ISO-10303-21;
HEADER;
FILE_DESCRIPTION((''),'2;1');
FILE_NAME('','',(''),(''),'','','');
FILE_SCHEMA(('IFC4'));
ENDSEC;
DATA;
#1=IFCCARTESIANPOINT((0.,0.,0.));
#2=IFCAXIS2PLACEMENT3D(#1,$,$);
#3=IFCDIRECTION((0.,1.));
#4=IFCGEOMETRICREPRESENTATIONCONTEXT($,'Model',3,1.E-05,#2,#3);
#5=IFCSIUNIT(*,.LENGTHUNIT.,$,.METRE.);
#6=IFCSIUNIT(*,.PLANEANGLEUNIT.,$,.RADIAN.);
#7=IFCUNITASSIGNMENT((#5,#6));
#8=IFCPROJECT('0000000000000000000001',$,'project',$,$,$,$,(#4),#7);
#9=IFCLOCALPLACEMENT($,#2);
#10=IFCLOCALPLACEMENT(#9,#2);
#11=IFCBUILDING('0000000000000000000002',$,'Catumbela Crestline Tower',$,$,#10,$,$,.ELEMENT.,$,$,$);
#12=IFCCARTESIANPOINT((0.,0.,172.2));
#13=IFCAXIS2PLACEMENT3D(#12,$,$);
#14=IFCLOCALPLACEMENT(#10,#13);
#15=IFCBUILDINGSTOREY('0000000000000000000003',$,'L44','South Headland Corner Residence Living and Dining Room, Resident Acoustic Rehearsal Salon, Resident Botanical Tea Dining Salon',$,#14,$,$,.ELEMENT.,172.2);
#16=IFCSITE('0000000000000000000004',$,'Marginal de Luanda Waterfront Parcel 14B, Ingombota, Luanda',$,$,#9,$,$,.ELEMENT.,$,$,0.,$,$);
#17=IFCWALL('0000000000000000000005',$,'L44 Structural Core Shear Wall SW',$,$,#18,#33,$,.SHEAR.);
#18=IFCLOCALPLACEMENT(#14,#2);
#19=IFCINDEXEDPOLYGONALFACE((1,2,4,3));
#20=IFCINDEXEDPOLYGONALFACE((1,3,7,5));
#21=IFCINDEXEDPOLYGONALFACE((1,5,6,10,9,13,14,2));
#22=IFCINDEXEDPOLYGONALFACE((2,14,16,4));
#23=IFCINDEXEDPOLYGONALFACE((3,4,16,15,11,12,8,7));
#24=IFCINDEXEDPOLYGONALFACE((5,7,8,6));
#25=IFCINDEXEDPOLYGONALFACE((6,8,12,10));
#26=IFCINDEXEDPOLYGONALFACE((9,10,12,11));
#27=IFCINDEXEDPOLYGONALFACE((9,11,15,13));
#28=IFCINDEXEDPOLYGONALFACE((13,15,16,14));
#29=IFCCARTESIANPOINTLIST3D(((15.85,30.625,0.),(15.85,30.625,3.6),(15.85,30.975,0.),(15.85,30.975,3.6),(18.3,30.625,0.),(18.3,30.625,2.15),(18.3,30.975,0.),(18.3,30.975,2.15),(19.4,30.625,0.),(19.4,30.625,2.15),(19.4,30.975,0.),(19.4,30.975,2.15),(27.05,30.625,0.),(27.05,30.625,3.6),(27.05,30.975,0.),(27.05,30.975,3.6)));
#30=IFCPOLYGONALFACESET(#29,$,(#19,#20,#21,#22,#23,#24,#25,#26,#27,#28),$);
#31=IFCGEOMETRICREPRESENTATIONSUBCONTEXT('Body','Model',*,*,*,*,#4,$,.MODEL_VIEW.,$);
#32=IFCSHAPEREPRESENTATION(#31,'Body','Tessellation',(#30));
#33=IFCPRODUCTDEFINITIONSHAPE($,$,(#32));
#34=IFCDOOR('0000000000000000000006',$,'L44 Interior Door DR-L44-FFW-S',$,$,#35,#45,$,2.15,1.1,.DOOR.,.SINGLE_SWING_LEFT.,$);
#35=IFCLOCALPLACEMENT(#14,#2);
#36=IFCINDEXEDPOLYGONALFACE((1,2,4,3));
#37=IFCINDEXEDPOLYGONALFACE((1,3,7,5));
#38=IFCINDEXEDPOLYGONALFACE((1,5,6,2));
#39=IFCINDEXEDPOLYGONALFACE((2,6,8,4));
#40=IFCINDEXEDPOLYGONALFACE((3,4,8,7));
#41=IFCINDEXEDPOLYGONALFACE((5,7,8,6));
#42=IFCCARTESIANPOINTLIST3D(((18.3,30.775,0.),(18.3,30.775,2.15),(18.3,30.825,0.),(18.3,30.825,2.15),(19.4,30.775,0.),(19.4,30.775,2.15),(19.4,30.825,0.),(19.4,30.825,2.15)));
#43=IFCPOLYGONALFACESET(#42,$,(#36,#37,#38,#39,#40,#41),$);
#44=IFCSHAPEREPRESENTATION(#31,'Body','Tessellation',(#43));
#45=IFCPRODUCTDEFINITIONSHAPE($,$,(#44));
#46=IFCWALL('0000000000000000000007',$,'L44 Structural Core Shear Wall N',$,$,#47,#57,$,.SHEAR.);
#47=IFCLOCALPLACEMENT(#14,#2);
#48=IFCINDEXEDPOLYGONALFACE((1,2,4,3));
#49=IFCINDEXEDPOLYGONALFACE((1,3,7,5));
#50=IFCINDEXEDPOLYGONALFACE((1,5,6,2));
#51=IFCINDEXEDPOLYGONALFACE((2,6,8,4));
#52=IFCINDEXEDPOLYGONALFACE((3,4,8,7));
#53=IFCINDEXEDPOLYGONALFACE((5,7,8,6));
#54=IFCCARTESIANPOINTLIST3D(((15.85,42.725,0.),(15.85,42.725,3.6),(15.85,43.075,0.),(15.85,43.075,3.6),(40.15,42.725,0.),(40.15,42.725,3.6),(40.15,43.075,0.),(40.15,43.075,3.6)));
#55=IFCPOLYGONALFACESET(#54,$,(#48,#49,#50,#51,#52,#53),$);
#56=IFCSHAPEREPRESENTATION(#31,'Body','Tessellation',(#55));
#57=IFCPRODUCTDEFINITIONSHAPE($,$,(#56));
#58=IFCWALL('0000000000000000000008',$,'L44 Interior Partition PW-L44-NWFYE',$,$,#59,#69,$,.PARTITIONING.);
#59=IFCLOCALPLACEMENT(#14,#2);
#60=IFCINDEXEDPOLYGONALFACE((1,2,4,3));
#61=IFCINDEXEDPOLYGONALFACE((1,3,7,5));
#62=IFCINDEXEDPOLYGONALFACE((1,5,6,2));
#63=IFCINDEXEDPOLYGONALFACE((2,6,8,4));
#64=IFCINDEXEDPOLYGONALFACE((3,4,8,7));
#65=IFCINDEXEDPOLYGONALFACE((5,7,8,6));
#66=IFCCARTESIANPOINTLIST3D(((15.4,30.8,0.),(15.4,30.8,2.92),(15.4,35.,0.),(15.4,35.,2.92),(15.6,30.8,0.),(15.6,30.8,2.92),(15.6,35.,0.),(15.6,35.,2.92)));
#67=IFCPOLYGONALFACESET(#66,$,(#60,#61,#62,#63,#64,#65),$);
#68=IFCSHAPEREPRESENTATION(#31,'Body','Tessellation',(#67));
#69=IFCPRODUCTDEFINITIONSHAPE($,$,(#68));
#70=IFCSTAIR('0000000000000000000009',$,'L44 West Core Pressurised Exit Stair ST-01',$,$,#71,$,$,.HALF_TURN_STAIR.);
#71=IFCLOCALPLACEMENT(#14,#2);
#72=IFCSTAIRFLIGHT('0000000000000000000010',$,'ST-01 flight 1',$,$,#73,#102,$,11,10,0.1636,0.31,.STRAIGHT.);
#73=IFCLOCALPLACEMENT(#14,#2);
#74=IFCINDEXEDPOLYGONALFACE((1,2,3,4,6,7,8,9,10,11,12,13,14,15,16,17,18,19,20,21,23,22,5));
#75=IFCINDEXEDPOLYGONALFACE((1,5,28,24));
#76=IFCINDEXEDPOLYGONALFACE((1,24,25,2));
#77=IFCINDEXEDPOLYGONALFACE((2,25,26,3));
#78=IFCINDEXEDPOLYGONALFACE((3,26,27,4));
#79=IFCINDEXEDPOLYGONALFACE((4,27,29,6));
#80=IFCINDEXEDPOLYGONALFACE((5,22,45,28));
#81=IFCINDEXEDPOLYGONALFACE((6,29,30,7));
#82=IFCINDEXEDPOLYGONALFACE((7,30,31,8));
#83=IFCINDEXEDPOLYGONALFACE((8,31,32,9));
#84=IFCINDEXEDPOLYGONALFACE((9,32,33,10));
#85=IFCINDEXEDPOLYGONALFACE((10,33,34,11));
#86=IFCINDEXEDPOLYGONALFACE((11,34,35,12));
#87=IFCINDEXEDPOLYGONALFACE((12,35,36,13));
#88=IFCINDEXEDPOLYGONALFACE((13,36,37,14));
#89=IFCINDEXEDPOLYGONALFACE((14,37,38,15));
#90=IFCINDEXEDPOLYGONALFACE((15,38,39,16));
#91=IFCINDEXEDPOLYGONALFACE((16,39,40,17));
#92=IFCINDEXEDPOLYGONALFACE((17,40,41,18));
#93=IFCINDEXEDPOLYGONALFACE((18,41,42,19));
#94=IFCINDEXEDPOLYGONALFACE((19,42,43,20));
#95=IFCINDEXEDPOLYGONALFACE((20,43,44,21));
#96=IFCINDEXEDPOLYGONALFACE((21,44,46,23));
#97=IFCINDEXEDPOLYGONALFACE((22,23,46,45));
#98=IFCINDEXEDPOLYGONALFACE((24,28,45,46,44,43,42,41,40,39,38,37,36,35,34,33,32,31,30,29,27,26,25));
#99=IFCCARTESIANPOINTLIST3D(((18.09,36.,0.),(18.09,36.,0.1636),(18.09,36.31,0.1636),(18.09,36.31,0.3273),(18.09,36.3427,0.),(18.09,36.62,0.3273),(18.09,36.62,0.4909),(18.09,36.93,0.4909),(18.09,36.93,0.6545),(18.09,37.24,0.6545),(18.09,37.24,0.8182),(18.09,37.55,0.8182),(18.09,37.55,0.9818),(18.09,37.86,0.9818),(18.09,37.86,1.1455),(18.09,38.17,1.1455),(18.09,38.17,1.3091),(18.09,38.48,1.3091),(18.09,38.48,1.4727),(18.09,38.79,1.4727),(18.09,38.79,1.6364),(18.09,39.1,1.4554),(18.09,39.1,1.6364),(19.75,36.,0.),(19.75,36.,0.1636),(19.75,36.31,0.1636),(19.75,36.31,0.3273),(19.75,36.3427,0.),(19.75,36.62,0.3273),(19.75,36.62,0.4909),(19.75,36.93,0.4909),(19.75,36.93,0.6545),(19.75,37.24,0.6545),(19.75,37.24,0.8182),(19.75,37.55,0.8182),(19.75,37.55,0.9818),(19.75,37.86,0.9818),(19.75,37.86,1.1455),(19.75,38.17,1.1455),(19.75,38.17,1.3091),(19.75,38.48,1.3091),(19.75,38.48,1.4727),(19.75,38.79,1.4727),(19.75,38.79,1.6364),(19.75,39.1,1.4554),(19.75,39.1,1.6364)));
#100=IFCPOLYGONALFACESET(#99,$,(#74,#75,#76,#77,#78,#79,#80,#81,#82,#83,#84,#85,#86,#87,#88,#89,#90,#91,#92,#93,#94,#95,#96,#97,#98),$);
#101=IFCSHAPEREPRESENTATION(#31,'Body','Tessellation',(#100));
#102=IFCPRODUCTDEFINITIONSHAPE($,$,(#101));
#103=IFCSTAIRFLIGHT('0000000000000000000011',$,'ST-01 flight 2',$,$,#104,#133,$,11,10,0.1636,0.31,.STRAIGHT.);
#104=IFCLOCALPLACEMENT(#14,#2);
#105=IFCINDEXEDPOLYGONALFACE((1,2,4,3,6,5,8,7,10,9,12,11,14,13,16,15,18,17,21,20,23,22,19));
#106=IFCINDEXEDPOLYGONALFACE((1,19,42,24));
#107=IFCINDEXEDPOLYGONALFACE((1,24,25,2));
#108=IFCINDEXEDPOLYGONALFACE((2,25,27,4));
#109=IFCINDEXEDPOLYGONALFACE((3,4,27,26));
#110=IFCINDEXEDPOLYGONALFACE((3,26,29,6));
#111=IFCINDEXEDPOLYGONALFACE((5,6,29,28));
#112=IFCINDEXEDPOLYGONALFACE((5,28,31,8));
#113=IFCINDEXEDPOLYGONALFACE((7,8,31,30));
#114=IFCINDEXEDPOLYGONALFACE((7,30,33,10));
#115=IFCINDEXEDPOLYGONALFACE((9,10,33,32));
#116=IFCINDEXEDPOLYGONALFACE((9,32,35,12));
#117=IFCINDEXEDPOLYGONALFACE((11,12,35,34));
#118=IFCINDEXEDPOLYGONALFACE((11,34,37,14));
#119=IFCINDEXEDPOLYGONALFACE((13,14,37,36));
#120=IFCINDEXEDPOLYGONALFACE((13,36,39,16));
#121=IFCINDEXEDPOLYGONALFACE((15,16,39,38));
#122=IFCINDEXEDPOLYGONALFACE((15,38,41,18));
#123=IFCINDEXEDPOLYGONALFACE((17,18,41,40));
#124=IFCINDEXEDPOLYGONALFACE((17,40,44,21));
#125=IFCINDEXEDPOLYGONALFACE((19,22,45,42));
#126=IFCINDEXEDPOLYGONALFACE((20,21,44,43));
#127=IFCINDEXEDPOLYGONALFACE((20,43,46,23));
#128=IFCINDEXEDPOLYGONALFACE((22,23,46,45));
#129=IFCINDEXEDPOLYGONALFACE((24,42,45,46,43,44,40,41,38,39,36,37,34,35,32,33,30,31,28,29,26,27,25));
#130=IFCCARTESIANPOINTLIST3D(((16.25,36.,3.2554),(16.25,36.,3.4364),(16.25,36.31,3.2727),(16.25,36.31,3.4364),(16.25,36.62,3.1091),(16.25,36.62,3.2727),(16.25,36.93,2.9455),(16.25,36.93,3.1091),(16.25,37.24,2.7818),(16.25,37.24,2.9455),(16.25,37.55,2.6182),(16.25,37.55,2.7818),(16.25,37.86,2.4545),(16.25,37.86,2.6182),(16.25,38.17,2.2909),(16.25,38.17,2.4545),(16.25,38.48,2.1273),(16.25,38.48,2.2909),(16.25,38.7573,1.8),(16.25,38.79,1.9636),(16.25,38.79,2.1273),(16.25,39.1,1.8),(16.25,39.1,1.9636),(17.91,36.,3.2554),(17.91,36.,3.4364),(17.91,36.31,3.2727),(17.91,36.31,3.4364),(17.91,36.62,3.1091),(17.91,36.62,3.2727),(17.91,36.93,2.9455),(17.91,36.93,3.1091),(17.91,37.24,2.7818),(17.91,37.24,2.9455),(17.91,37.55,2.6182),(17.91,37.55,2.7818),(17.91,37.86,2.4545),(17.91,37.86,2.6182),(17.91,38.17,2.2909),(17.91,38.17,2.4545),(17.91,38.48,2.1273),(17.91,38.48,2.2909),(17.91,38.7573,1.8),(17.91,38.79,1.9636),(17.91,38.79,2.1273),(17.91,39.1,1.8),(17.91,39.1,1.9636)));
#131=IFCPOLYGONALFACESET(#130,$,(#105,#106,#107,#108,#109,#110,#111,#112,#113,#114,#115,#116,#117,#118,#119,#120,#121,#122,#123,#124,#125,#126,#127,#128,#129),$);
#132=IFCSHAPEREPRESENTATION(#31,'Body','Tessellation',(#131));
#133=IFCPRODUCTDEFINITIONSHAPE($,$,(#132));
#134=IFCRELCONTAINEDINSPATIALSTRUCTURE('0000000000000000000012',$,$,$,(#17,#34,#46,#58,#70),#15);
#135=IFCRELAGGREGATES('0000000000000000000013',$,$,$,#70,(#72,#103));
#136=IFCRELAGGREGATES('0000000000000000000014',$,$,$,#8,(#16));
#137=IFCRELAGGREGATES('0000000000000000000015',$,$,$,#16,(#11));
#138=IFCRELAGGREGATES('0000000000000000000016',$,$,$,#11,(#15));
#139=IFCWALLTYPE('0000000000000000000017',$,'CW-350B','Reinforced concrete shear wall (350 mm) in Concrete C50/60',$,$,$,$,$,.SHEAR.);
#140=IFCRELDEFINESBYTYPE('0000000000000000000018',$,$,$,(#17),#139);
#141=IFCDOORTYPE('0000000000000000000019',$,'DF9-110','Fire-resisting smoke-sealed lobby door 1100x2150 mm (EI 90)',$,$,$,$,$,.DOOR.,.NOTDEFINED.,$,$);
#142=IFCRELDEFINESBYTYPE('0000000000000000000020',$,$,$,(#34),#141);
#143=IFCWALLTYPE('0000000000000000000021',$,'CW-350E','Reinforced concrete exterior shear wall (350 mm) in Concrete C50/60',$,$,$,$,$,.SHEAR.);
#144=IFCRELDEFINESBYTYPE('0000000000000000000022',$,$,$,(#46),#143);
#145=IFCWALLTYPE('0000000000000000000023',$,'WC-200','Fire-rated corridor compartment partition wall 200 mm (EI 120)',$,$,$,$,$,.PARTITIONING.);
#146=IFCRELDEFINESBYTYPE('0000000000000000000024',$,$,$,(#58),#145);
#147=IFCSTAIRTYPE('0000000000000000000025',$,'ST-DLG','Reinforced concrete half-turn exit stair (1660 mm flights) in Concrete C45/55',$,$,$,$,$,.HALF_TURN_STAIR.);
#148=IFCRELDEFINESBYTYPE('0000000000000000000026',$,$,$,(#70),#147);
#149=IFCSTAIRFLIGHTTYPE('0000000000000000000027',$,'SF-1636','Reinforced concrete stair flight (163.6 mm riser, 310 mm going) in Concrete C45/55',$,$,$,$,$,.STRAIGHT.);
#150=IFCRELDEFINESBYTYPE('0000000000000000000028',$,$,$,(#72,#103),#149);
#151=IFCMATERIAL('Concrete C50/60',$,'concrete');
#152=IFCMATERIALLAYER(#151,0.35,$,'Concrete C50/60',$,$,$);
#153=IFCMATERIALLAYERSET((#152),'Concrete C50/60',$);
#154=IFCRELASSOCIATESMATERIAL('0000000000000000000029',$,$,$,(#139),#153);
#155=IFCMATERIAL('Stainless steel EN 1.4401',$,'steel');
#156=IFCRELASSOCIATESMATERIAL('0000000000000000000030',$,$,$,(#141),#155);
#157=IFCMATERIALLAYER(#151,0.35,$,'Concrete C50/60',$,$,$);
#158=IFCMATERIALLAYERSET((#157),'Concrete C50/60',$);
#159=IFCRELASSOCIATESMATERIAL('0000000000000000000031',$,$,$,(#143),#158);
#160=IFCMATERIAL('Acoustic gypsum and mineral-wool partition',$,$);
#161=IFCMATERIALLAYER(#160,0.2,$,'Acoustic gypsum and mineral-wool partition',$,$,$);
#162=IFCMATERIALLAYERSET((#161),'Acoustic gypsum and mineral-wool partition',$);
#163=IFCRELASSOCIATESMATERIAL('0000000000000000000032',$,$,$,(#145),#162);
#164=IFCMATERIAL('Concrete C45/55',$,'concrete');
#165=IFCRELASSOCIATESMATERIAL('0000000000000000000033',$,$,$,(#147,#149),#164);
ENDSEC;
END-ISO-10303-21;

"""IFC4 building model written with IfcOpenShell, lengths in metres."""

from ifc_helpers import new_model, si_unit, direction, frame, frame_2d, origin, place, context, subcontext, project, spatial, polyline, rectangle, outline, extrude, material, layer, layer_set, type_object, element, fill, aggregate, save


model = new_model("IFC4")

# Units and contexts
model_context = context("Model", 3, precision=1e-05, world=origin(), true_north=direction((0.0, 1.0)))
body_context = subcontext(model_context, "Body", "Model", "MODEL_VIEW")
ifc_project = project(units=[si_unit("LENGTHUNIT", "METRE"), si_unit("PLANEANGLEUNIT", "RADIAN")], contexts=[model_context])

# Site, building, storey
site_placement = place(None, origin())
site = spatial("IfcSite", under=ifc_project, at=site_placement, Name="Marginal de Luanda Waterfront Parcel 14B, Ingombota, Luanda", CompositionType="ELEMENT", RefElevation=0.0)
building_placement = place(site_placement, origin())
building = spatial("IfcBuilding", under=site, at=building_placement, Name="Catumbela Crestline Tower", CompositionType="ELEMENT")
storey_placement = place(building_placement, frame((0.0, 0.0, 172.2)))
storey = spatial("IfcBuildingStorey", under=building, at=storey_placement, Name="L44", Description="South Headland Corner Residence Living and Dining Room, Resident Acoustic Rehearsal Salon, Resident Botanical Tea Dining Salon", CompositionType="ELEMENT", Elevation=172.2)

# Shared definitions
ifc_material_1 = material(Name="Concrete C50/60", Category="concrete")
ifc_material_2 = material(Name="Stainless steel EN 1.4401", Category="steel")

# Wall, opening, door
ifc_layer_1 = layer(ifc_material_1, 0.35, Name="Concrete C50/60")
ifc_layer_set_1 = layer_set([ifc_layer_1], Name="Concrete C50/60")
wall_type_1 = type_object("IfcWallType", Name="CW-350B", Description="Reinforced concrete shear wall (350 mm) in Concrete C50/60", PredefinedType="SHEAR", material=ifc_layer_set_1)
wall_1_placement = place(storey_placement, frame((15.85, 30.8, 0.0), z_axis=(0.0, 0.0, 1.0), x_axis=(1.0, 0.0, 0.0)))
wall_1 = element("IfcWall", 1, at=wall_1_placement, inside=storey, type_object=wall_type_1, Name="L44 Structural Core Shear Wall SW", PredefinedType="SHEAR", context=body_context, shape_type="SweptSolid", body=[
    extrude(rectangle(XDim=11.2, YDim=0.35, at=frame_2d((5.6, 0.0))), origin(), (0.0, 0.0, 1.0), 3.6),
])
opening_1_placement = place(wall_1_placement, frame((2.45, 0.0, 0.0)))
opening_1 = element("IfcOpeningElement", 2, at=opening_1_placement, cuts=wall_1, PredefinedType="OPENING", context=body_context, shape_type="SweptSolid", body=[
    extrude(rectangle(XDim=1.1, YDim=2.15, at=frame_2d((0.55, 1.075))), frame((0.0, 0.185, 0.0), z_axis=(0.0, -1.0, 0.0), x_axis=(1.0, 0.0, 0.0)), (0.0, 0.0, 1.0), 0.37),
])
door_type_1 = type_object("IfcDoorType", Name="DF9-110", Description="Fire-resisting smoke-sealed lobby door 1100x2150 mm (EI 90)", OperationType="NOTDEFINED", PredefinedType="DOOR", material=ifc_material_2)
door_1_placement = place(opening_1_placement, origin())
door_1 = element("IfcDoor", 3, at=door_1_placement, inside=storey, type_object=door_type_1, Name="L44 Interior Door DR-L44-FFW-S", OperationType="SINGLE_SWING_LEFT", OverallHeight=2.15, OverallWidth=1.1, PredefinedType="DOOR", context=body_context, shape_type="SweptSolid", body=[
    extrude(rectangle(XDim=1.1, YDim=2.15, at=frame_2d((0.55, 1.075))), frame((0.0, 0.025, 0.0), z_axis=(0.0, -1.0, 0.0), x_axis=(1.0, 0.0, 0.0)), (0.0, 0.0, 1.0), 0.05),
])
fill(opening_1, door_1)

# Walls
ifc_layer_2 = layer(ifc_material_1, 0.35, Name="Concrete C50/60")
ifc_layer_set_2 = layer_set([ifc_layer_2], Name="Concrete C50/60")
wall_type_2 = type_object("IfcWallType", Name="CW-350E", Description="Reinforced concrete exterior shear wall (350 mm) in Concrete C50/60", PredefinedType="SHEAR", material=ifc_layer_set_2)
wall_2_placement = place(storey_placement, frame((15.85, 42.9, 0.0), z_axis=(0.0, 0.0, 1.0), x_axis=(1.0, 0.0, 0.0)))
element("IfcWall", 4, at=wall_2_placement, inside=storey, type_object=wall_type_2, Name="L44 Structural Core Shear Wall N", PredefinedType="SHEAR", context=body_context, shape_type="SweptSolid", body=[
    extrude(rectangle(XDim=24.3, YDim=0.35, at=frame_2d((12.15, 0.0))), origin(), (0.0, 0.0, 1.0), 3.6),
])
ifc_material_3 = material(Name="Acoustic gypsum and mineral-wool partition")
ifc_layer_3 = layer(ifc_material_3, 0.2, Name="Acoustic gypsum and mineral-wool partition")
ifc_layer_set_3 = layer_set([ifc_layer_3], Name="Acoustic gypsum and mineral-wool partition")
wall_type_3 = type_object("IfcWallType", Name="WC-200", Description="Fire-rated corridor compartment partition wall 200 mm (EI 120)", PredefinedType="PARTITIONING", material=ifc_layer_set_3)
wall_3_placement = place(storey_placement, frame((15.5, 30.8, 0.0), z_axis=(0.0, 0.0, 1.0), x_axis=(0.0, 1.0, 0.0)))
element("IfcWall", 5, at=wall_3_placement, inside=storey, type_object=wall_type_3, Name="L44 Interior Partition PW-L44-NWFYE", PredefinedType="PARTITIONING", context=body_context, shape_type="SweptSolid", body=[
    extrude(rectangle(XDim=4.2, YDim=0.2, at=frame_2d((2.1, 0.0))), origin(), (0.0, 0.0, 1.0), 2.92),
])

# Stair, stair flights
ifc_material_4 = material(Name="Concrete C45/55", Category="concrete")
stair_type = type_object("IfcStairType", Name="ST-DLG", Description="Reinforced concrete half-turn exit stair (1660 mm flights) in Concrete C45/55", PredefinedType="HALF_TURN_STAIR", material=ifc_material_4)
stair_placement = place(storey_placement, origin())
stair = element("IfcStair", 6, at=stair_placement, inside=storey, type_object=stair_type, Name="L44 West Core Pressurised Exit Stair ST-01", PredefinedType="HALF_TURN_STAIR")
stair_flight_type = type_object("IfcStairFlightType", Name="SF-1636", Description="Reinforced concrete stair flight (163.6 mm riser, 310 mm going) in Concrete C45/55", PredefinedType="STRAIGHT", material=ifc_material_4)
stair_flight_1_placement = place(storey_placement, frame((18.92, 36.0, 0.0), z_axis=(0.0, 0.0, 1.0), x_axis=(0.0, 1.0, 0.0)))
stair_flight_1 = element("IfcStairFlight", 7, at=stair_flight_1_placement, type_object=stair_flight_type, Name="ST-01 flight 1", NumberOfRisers=11, NumberOfTreads=10, PredefinedType="STRAIGHT", RiserHeight=0.1636, TreadLength=0.31, context=body_context, shape_type="SweptSolid", body=[
    extrude(outline(polyline([(0.0, 0.0), (0.0, 0.1636), (0.31, 0.1636), (0.31, 0.3273), (0.62, 0.3273), (0.62, 0.4909), (0.93, 0.4909), (0.93, 0.6545), (1.24, 0.6545), (1.24, 0.8182), (1.55, 0.8182), (1.55, 0.9818), (1.86, 0.9818), (1.86, 1.1455), (2.17, 1.1455), (2.17, 1.3091), (2.48, 1.3091), (2.48, 1.4727), (2.79, 1.4727), (2.79, 1.6364), (3.1, 1.6364), (3.1, 1.8), (3.1, 1.4554), (0.3427, 0.0), (0.0, 0.0)])), frame((0.0, 0.83, 0.0), z_axis=(0.0, -1.0, 0.0), x_axis=(1.0, 0.0, 0.0)), (0.0, 0.0, 1.0), 1.66),
])
stair_flight_2_placement = place(storey_placement, frame((17.08, 39.1, 1.8), z_axis=(0.0, 0.0, 1.0), x_axis=(0.0, -1.0, 0.0)))
stair_flight_2 = element("IfcStairFlight", 8, at=stair_flight_2_placement, type_object=stair_flight_type, Name="ST-01 flight 2", NumberOfRisers=11, NumberOfTreads=10, PredefinedType="STRAIGHT", RiserHeight=0.1636, TreadLength=0.31, context=body_context, shape_type="SweptSolid", body=[
    extrude(outline(polyline([(0.0, 0.0), (0.0, 0.1636), (0.31, 0.1636), (0.31, 0.3273), (0.62, 0.3273), (0.62, 0.4909), (0.93, 0.4909), (0.93, 0.6545), (1.24, 0.6545), (1.24, 0.8182), (1.55, 0.8182), (1.55, 0.9818), (1.86, 0.9818), (1.86, 1.1455), (2.17, 1.1455), (2.17, 1.3091), (2.48, 1.3091), (2.48, 1.4727), (2.79, 1.4727), (2.79, 1.6364), (3.1, 1.6364), (3.1, 1.8), (3.1, 1.4554), (0.3427, 0.0), (0.0, 0.0)])), frame((0.0, 0.83, 0.0), z_axis=(0.0, -1.0, 0.0), x_axis=(1.0, 0.0, 0.0)), (0.0, 0.0, 1.0), 1.66),
])
aggregate(stair, [stair_flight_1, stair_flight_2])

save(model, "model.ifc")
